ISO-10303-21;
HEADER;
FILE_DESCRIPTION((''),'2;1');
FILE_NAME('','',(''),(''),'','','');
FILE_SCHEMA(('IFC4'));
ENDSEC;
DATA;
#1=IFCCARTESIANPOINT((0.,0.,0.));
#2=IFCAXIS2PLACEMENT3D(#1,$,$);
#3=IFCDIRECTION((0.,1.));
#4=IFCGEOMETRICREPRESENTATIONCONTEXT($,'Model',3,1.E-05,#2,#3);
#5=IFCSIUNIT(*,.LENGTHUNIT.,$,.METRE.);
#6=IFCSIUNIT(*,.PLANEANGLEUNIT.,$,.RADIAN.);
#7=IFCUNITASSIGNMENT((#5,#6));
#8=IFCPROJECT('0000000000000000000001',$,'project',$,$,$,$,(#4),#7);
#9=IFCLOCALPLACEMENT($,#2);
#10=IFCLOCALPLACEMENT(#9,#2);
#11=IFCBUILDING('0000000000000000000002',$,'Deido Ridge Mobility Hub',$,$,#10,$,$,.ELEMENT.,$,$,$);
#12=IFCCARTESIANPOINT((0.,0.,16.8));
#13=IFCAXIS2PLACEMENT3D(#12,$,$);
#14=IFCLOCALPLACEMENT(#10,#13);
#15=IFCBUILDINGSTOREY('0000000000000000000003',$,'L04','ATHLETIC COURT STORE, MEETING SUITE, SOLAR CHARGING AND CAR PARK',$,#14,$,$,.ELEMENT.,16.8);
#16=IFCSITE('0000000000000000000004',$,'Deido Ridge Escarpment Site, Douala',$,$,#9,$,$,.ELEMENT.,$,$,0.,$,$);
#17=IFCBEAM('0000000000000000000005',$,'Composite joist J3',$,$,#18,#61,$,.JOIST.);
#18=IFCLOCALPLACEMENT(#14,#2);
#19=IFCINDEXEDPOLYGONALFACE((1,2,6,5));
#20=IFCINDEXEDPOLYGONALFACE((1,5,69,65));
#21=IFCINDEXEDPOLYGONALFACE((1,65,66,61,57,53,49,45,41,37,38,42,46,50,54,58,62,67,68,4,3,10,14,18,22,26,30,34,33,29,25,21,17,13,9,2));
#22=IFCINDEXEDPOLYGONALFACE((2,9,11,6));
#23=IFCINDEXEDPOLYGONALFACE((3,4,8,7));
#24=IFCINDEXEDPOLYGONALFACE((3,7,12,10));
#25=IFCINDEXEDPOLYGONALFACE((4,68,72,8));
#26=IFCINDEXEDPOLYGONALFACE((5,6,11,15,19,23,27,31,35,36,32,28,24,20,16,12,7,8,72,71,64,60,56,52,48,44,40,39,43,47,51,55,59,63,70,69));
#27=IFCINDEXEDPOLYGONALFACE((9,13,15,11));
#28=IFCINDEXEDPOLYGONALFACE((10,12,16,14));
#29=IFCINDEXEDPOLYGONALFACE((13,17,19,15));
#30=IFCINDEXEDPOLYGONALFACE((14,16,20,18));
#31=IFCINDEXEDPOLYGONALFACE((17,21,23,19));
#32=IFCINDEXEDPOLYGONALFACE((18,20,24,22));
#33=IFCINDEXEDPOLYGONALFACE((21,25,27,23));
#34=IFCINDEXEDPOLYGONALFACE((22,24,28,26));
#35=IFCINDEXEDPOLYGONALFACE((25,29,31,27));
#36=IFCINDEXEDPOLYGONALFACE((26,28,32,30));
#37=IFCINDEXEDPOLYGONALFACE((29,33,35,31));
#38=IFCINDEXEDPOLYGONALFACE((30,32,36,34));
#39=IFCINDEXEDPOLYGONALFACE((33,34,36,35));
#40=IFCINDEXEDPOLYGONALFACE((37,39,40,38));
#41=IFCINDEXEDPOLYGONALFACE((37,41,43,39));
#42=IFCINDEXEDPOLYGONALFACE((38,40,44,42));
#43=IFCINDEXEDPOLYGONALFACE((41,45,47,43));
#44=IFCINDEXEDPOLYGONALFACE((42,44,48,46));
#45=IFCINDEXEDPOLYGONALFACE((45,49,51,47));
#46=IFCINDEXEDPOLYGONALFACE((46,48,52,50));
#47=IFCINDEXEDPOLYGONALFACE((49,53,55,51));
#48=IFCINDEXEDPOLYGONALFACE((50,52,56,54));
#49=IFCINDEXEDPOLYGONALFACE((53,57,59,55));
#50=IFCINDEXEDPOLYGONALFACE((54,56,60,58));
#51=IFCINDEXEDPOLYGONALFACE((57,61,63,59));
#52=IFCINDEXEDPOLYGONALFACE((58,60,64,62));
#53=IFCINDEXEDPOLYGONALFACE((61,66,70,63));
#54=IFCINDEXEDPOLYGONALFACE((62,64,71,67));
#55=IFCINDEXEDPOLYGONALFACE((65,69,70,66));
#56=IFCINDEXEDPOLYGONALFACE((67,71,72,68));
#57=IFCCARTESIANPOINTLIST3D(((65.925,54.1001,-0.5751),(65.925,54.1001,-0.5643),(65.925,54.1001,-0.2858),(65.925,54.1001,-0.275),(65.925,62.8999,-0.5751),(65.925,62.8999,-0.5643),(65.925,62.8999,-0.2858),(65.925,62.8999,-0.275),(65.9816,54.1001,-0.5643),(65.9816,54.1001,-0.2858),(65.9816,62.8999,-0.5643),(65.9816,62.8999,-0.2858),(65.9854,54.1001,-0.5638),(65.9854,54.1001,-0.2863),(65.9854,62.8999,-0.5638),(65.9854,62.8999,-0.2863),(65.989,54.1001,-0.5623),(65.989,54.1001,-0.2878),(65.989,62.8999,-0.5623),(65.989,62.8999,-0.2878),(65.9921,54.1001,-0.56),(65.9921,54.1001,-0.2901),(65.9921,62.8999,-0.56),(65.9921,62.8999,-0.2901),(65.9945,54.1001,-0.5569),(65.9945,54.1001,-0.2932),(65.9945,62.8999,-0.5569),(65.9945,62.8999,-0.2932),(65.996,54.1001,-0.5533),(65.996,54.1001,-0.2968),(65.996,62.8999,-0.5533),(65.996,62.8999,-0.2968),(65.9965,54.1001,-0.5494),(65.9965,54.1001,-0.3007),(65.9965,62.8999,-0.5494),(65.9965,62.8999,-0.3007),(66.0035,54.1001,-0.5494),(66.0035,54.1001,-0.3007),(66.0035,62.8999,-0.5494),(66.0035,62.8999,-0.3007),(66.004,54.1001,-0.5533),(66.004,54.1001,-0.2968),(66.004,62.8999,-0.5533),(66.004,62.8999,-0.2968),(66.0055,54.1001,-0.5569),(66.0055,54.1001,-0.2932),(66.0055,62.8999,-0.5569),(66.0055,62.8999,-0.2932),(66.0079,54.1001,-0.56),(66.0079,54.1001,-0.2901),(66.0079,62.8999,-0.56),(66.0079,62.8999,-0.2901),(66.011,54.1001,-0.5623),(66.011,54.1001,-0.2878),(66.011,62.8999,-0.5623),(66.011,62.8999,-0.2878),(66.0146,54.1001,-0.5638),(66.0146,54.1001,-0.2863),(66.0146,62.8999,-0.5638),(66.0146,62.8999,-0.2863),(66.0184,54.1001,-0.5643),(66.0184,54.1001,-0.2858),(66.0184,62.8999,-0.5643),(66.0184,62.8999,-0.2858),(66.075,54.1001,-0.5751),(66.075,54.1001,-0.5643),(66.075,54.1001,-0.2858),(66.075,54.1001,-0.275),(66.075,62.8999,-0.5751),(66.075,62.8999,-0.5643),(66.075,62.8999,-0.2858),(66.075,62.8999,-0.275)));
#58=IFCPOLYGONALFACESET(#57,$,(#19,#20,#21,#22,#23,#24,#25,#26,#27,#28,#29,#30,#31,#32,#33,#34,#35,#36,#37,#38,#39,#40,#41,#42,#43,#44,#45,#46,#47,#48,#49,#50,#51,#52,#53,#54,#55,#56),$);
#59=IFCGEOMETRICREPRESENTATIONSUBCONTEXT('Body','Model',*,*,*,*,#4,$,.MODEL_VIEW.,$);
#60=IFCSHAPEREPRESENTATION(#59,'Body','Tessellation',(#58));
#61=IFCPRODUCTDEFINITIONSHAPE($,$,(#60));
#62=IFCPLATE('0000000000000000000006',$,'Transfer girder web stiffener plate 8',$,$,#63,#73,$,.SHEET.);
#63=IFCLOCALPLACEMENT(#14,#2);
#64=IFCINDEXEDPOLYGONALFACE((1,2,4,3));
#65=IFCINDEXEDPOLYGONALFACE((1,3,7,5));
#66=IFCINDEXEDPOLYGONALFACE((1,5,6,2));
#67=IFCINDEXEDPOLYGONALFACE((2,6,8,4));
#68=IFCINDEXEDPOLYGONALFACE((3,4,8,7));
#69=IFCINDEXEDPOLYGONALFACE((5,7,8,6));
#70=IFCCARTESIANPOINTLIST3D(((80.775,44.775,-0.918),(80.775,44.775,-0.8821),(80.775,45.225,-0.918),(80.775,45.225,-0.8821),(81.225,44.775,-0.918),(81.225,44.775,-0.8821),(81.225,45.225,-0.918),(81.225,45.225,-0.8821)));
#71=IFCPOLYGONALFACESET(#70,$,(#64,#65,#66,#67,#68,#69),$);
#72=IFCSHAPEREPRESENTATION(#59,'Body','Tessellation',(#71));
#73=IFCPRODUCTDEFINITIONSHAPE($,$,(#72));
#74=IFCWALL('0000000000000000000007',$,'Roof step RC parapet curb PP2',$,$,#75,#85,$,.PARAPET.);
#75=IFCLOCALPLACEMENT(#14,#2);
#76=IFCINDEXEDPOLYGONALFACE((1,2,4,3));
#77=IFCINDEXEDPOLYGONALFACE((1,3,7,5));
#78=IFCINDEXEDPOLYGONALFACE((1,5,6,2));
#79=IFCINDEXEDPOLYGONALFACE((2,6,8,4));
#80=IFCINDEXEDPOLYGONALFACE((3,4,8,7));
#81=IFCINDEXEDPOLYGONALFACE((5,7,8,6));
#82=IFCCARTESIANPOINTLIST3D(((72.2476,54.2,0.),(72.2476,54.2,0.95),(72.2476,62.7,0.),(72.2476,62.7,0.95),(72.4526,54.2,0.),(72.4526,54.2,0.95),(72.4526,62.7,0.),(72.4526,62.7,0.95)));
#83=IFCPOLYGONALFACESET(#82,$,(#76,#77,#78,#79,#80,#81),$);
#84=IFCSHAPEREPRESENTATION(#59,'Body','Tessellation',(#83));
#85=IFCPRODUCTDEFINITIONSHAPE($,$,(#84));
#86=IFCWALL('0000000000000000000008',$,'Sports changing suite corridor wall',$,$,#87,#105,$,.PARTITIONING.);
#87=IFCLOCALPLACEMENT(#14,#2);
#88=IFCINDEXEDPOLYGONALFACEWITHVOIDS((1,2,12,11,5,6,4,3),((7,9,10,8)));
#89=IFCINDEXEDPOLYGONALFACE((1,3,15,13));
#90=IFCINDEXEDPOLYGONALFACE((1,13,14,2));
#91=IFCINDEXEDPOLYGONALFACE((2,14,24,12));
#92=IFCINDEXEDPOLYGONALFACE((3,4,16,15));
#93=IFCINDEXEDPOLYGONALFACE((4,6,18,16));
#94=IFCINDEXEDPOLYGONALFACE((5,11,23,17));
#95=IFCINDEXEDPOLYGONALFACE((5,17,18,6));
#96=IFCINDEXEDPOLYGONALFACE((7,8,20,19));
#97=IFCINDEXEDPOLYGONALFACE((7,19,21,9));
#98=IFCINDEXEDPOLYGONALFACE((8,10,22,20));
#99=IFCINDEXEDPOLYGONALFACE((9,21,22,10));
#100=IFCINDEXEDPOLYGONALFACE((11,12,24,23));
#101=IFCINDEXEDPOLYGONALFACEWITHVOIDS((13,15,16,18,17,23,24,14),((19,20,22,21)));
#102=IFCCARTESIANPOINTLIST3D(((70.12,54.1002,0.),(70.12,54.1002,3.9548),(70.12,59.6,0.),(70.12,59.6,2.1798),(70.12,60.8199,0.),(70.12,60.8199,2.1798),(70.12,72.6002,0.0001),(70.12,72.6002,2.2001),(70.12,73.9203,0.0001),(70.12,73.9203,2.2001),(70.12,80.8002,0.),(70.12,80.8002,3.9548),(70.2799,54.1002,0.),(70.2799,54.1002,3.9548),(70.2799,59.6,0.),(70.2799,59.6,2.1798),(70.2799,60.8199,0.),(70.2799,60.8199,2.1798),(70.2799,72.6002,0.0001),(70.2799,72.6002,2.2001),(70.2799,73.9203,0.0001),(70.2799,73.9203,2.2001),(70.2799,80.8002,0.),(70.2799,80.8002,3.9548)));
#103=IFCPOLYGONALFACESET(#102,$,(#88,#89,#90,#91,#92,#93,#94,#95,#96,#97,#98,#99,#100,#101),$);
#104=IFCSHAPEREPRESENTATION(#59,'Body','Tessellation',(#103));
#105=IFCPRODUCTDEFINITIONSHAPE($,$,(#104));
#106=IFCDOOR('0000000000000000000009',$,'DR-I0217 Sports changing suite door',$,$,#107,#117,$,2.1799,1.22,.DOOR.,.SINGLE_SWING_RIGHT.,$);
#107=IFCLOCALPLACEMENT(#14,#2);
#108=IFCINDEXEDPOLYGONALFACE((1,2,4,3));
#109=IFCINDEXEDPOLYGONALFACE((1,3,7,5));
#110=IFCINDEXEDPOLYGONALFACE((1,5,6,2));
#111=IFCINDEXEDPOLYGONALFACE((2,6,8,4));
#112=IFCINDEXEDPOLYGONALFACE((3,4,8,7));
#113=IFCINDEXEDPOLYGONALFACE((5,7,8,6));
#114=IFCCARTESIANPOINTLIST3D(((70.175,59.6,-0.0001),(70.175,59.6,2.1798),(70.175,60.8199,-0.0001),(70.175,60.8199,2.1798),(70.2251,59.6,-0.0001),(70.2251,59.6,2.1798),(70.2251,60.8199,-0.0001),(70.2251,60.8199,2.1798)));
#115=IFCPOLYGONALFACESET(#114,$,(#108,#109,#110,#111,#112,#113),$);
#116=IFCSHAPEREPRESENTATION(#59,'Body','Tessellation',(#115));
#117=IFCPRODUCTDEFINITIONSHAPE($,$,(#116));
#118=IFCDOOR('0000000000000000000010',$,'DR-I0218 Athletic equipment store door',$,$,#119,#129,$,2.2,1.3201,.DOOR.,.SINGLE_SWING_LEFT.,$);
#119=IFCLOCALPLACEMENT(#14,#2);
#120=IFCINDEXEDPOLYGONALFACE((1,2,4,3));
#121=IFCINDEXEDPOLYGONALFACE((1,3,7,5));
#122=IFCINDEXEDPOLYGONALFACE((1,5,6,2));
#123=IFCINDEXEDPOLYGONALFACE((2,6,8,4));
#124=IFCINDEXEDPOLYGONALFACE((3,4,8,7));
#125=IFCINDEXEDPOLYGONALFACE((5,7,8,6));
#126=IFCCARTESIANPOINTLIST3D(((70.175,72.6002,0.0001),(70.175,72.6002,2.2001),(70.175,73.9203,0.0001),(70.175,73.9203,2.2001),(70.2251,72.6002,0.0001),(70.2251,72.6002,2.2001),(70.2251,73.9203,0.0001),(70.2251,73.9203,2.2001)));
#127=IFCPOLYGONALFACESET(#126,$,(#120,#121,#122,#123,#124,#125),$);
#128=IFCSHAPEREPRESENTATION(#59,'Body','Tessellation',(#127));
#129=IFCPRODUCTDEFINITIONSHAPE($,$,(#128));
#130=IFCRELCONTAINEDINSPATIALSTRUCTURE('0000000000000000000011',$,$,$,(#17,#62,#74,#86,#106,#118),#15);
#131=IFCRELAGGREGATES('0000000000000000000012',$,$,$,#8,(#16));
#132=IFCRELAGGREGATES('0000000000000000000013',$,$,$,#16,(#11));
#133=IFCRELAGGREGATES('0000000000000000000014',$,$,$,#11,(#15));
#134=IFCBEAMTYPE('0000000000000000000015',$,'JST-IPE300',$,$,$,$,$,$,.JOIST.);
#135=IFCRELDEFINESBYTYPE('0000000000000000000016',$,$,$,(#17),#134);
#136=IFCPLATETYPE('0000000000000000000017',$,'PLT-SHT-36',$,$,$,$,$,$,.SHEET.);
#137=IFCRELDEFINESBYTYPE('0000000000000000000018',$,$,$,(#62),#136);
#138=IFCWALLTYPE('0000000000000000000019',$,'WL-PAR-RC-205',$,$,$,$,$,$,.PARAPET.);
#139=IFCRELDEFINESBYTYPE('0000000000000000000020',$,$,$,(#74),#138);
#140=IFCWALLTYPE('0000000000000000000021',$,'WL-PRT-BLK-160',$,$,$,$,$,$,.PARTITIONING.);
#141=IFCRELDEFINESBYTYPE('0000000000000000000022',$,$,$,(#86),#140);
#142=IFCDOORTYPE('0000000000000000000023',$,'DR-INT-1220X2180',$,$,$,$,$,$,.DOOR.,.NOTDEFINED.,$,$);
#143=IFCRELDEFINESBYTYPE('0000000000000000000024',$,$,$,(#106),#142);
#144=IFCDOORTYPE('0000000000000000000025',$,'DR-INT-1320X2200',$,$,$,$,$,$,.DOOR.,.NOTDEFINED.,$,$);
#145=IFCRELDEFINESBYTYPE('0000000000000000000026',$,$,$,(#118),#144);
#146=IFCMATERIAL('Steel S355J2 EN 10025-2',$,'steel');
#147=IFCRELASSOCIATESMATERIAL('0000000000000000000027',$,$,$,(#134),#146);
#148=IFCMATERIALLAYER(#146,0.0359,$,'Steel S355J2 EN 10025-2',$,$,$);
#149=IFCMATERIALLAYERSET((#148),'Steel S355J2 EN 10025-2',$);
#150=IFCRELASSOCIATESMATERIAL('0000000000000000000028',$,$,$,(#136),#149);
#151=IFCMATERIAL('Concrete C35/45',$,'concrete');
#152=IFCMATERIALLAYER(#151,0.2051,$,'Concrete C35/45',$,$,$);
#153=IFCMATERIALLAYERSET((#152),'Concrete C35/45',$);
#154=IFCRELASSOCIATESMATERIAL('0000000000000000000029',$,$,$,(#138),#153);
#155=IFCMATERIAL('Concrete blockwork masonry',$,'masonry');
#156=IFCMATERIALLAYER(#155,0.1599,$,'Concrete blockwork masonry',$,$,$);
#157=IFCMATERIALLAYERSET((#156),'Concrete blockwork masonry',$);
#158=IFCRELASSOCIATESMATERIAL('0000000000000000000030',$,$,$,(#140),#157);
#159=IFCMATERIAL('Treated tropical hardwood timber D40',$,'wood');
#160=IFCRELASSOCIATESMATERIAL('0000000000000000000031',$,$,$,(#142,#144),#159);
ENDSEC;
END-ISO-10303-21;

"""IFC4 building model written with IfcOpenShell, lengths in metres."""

from ifc_helpers import new_model, si_unit, direction, frame, frame_2d, origin, origin_2d, place, context, subcontext, project, spatial, rectangle, i_section, extrude, material, layer, layer_set, material_profile, profile_set, type_object, element, fill, save


model = new_model("IFC4")

# Units and contexts
model_context = context("Model", 3, precision=1e-05, world=origin(), true_north=direction((0.0, 1.0)))
body_context = subcontext(model_context, "Body", "Model", "MODEL_VIEW")
ifc_project = project(units=[si_unit("LENGTHUNIT", "METRE"), si_unit("PLANEANGLEUNIT", "RADIAN")], contexts=[model_context])

# Site, building, storey
site_placement = place(None, origin())
site = spatial("IfcSite", under=ifc_project, at=site_placement, Name="Deido Ridge Escarpment Site, Douala", CompositionType="ELEMENT", RefElevation=0.0)
building_placement = place(site_placement, origin())
building = spatial("IfcBuilding", under=site, at=building_placement, Name="Deido Ridge Mobility Hub", CompositionType="ELEMENT")
storey_placement = place(building_placement, frame((0.0, 0.0, 16.8)))
storey = spatial("IfcBuildingStorey", under=building, at=storey_placement, Name="L04", Description="ATHLETIC COURT STORE, MEETING SUITE, SOLAR CHARGING AND CAR PARK", CompositionType="ELEMENT", Elevation=16.8)

# Shared definitions
ifc_material_1 = material(Name="Steel S355J2 EN 10025-2", Category="steel")

# Beam
ifc_material_profile_1 = material_profile(ifc_material_1, i_section(OverallWidth=0.1499, OverallDepth=0.3, WebThickness=0.0071, FlangeThickness=0.0107, FilletRadius=0.0149, at=origin_2d()), Name="IPE 300")
ifc_profile_set_1 = profile_set([ifc_material_profile_1], Name="Steel S355J2 EN 10025-2")
beam_type_1 = type_object("IfcBeamType", Name="JST-IPE300", PredefinedType="JOIST", material=ifc_profile_set_1)
beam_1_placement = place(storey_placement, frame((66.0, 54.1001, -0.425), z_axis=(0.0, 1.0, 0.0), x_axis=(-1.0, 0.0, 0.0)))
element("IfcBeam", 1, at=beam_1_placement, inside=storey, type_object=beam_type_1, Name="Composite joist J3", PredefinedType="JOIST", context=body_context, shape_type="SweptSolid", body=[
    extrude(i_section(OverallWidth=0.1499, OverallDepth=0.3, WebThickness=0.0071, FlangeThickness=0.0107, FilletRadius=0.0149, at=origin_2d()), origin(), (0.0, 0.0, 1.0), 8.7998),
])

# Plate
ifc_layer_1 = layer(ifc_material_1, 0.0359, Name="Steel S355J2 EN 10025-2")
ifc_layer_set_1 = layer_set([ifc_layer_1], Name="Steel S355J2 EN 10025-2")
plate_type = type_object("IfcPlateType", Name="PLT-SHT-36", PredefinedType="SHEET", material=ifc_layer_set_1)
plate_placement = place(storey_placement, frame((81.0, 45.0, -0.918), z_axis=(0.0, 0.0, 1.0), x_axis=(1.0, 0.0, 0.0)))
element("IfcPlate", 2, at=plate_placement, inside=storey, type_object=plate_type, Name="Transfer girder web stiffener plate 8", PredefinedType="SHEET", context=body_context, shape_type="SweptSolid", body=[
    extrude(rectangle(XDim=0.45, YDim=0.45, at=origin_2d()), origin(), (0.0, 0.0, 1.0), 0.0359),
])

# Wall
ifc_material_2 = material(Name="Concrete C35/45", Category="concrete")
ifc_layer_2 = layer(ifc_material_2, 0.2051, Name="Concrete C35/45")
ifc_layer_set_2 = layer_set([ifc_layer_2], Name="Concrete C35/45")
wall_type_1 = type_object("IfcWallType", Name="WL-PAR-RC-205", PredefinedType="PARAPET", material=ifc_layer_set_2)
wall_1_placement = place(storey_placement, frame((72.3501, 54.2, 0.0), z_axis=(0.0, 0.0, 1.0), x_axis=(0.0, 1.0, 0.0)))
element("IfcWall", 3, at=wall_1_placement, inside=storey, type_object=wall_type_1, Name="Roof step RC parapet curb PP2", PredefinedType="PARAPET", context=body_context, shape_type="SweptSolid", body=[
    extrude(rectangle(XDim=8.5, YDim=0.2051, at=frame_2d((4.25, 0.0))), origin(), (0.0, 0.0, 1.0), 0.95),
])

# Wall, openings, doors
ifc_material_3 = material(Name="Concrete blockwork masonry", Category="masonry")
ifc_layer_3 = layer(ifc_material_3, 0.1599, Name="Concrete blockwork masonry")
ifc_layer_set_3 = layer_set([ifc_layer_3], Name="Concrete blockwork masonry")
wall_type_2 = type_object("IfcWallType", Name="WL-PRT-BLK-160", PredefinedType="PARTITIONING", material=ifc_layer_set_3)
wall_2_placement = place(storey_placement, frame((70.2, 54.1001, 0.0), z_axis=(0.0, 0.0, 1.0), x_axis=(0.0, 1.0, 0.0)))
wall_2 = element("IfcWall", 4, at=wall_2_placement, inside=storey, type_object=wall_type_2, Name="Sports changing suite corridor wall", PredefinedType="PARTITIONING", context=body_context, shape_type="SweptSolid", body=[
    extrude(rectangle(XDim=26.7, YDim=0.1599, at=frame_2d((13.3501, 0.0))), origin(), (0.0, 0.0, 1.0), 3.9548),
])
opening_1_placement = place(wall_2_placement, frame((5.5, 0.0, 0.0)))
opening_1 = element("IfcOpeningElement", 5, at=opening_1_placement, cuts=wall_2, PredefinedType="OPENING", context=body_context, shape_type="SweptSolid", body=[
    extrude(rectangle(XDim=1.22, YDim=2.1799, at=frame_2d((0.6099, 1.0898))), frame((0.0, 0.0898, 0.0), z_axis=(0.0, -1.0, 0.0), x_axis=(1.0, 0.0, 0.0)), (0.0, 0.0, 1.0), 0.1799),
])
opening_2_placement = place(wall_2_placement, frame((18.5, 0.0, 0.0)))
opening_2 = element("IfcOpeningElement", 6, at=opening_2_placement, cuts=wall_2, PredefinedType="OPENING", context=body_context, shape_type="SweptSolid", body=[
    extrude(rectangle(XDim=1.3201, YDim=2.2, at=frame_2d((0.6602, 1.1001))), frame((0.0, 0.0898, 0.0), z_axis=(0.0, -1.0, 0.0), x_axis=(1.0, 0.0, 0.0)), (0.0, 0.0, 1.0), 0.1799),
])
ifc_material_4 = material(Name="Treated tropical hardwood timber D40", Category="wood")
door_type_1 = type_object("IfcDoorType", Name="DR-INT-1220X2180", OperationType="NOTDEFINED", PredefinedType="DOOR", material=ifc_material_4)
door_1_placement = place(opening_1_placement, origin())
door_1 = element("IfcDoor", 7, at=door_1_placement, inside=storey, type_object=door_type_1, Name="DR-I0217 Sports changing suite door", OperationType="SINGLE_SWING_RIGHT", OverallHeight=2.1799, OverallWidth=1.22, PredefinedType="DOOR", context=body_context, shape_type="SweptSolid", body=[
    extrude(rectangle(XDim=1.22, YDim=2.1799, at=frame_2d((0.6099, 1.0898))), frame((0.0, 0.0249, 0.0), z_axis=(0.0, -1.0, 0.0), x_axis=(1.0, 0.0, 0.0)), (0.0, 0.0, 1.0), 0.05),
])
fill(opening_1, door_1)
door_type_2 = type_object("IfcDoorType", Name="DR-INT-1320X2200", OperationType="NOTDEFINED", PredefinedType="DOOR", material=ifc_material_4)
door_2_placement = place(opening_2_placement, origin())
door_2 = element("IfcDoor", 8, at=door_2_placement, inside=storey, type_object=door_type_2, Name="DR-I0218 Athletic equipment store door", OperationType="SINGLE_SWING_LEFT", OverallHeight=2.2, OverallWidth=1.3201, PredefinedType="DOOR", context=body_context, shape_type="SweptSolid", body=[
    extrude(rectangle(XDim=1.3201, YDim=2.2, at=frame_2d((0.6602, 1.1001))), frame((0.0, 0.0249, 0.0), z_axis=(0.0, -1.0, 0.0), x_axis=(1.0, 0.0, 0.0)), (0.0, 0.0, 1.0), 0.05),
])
fill(opening_2, door_2)

save(model, "model.ifc")
